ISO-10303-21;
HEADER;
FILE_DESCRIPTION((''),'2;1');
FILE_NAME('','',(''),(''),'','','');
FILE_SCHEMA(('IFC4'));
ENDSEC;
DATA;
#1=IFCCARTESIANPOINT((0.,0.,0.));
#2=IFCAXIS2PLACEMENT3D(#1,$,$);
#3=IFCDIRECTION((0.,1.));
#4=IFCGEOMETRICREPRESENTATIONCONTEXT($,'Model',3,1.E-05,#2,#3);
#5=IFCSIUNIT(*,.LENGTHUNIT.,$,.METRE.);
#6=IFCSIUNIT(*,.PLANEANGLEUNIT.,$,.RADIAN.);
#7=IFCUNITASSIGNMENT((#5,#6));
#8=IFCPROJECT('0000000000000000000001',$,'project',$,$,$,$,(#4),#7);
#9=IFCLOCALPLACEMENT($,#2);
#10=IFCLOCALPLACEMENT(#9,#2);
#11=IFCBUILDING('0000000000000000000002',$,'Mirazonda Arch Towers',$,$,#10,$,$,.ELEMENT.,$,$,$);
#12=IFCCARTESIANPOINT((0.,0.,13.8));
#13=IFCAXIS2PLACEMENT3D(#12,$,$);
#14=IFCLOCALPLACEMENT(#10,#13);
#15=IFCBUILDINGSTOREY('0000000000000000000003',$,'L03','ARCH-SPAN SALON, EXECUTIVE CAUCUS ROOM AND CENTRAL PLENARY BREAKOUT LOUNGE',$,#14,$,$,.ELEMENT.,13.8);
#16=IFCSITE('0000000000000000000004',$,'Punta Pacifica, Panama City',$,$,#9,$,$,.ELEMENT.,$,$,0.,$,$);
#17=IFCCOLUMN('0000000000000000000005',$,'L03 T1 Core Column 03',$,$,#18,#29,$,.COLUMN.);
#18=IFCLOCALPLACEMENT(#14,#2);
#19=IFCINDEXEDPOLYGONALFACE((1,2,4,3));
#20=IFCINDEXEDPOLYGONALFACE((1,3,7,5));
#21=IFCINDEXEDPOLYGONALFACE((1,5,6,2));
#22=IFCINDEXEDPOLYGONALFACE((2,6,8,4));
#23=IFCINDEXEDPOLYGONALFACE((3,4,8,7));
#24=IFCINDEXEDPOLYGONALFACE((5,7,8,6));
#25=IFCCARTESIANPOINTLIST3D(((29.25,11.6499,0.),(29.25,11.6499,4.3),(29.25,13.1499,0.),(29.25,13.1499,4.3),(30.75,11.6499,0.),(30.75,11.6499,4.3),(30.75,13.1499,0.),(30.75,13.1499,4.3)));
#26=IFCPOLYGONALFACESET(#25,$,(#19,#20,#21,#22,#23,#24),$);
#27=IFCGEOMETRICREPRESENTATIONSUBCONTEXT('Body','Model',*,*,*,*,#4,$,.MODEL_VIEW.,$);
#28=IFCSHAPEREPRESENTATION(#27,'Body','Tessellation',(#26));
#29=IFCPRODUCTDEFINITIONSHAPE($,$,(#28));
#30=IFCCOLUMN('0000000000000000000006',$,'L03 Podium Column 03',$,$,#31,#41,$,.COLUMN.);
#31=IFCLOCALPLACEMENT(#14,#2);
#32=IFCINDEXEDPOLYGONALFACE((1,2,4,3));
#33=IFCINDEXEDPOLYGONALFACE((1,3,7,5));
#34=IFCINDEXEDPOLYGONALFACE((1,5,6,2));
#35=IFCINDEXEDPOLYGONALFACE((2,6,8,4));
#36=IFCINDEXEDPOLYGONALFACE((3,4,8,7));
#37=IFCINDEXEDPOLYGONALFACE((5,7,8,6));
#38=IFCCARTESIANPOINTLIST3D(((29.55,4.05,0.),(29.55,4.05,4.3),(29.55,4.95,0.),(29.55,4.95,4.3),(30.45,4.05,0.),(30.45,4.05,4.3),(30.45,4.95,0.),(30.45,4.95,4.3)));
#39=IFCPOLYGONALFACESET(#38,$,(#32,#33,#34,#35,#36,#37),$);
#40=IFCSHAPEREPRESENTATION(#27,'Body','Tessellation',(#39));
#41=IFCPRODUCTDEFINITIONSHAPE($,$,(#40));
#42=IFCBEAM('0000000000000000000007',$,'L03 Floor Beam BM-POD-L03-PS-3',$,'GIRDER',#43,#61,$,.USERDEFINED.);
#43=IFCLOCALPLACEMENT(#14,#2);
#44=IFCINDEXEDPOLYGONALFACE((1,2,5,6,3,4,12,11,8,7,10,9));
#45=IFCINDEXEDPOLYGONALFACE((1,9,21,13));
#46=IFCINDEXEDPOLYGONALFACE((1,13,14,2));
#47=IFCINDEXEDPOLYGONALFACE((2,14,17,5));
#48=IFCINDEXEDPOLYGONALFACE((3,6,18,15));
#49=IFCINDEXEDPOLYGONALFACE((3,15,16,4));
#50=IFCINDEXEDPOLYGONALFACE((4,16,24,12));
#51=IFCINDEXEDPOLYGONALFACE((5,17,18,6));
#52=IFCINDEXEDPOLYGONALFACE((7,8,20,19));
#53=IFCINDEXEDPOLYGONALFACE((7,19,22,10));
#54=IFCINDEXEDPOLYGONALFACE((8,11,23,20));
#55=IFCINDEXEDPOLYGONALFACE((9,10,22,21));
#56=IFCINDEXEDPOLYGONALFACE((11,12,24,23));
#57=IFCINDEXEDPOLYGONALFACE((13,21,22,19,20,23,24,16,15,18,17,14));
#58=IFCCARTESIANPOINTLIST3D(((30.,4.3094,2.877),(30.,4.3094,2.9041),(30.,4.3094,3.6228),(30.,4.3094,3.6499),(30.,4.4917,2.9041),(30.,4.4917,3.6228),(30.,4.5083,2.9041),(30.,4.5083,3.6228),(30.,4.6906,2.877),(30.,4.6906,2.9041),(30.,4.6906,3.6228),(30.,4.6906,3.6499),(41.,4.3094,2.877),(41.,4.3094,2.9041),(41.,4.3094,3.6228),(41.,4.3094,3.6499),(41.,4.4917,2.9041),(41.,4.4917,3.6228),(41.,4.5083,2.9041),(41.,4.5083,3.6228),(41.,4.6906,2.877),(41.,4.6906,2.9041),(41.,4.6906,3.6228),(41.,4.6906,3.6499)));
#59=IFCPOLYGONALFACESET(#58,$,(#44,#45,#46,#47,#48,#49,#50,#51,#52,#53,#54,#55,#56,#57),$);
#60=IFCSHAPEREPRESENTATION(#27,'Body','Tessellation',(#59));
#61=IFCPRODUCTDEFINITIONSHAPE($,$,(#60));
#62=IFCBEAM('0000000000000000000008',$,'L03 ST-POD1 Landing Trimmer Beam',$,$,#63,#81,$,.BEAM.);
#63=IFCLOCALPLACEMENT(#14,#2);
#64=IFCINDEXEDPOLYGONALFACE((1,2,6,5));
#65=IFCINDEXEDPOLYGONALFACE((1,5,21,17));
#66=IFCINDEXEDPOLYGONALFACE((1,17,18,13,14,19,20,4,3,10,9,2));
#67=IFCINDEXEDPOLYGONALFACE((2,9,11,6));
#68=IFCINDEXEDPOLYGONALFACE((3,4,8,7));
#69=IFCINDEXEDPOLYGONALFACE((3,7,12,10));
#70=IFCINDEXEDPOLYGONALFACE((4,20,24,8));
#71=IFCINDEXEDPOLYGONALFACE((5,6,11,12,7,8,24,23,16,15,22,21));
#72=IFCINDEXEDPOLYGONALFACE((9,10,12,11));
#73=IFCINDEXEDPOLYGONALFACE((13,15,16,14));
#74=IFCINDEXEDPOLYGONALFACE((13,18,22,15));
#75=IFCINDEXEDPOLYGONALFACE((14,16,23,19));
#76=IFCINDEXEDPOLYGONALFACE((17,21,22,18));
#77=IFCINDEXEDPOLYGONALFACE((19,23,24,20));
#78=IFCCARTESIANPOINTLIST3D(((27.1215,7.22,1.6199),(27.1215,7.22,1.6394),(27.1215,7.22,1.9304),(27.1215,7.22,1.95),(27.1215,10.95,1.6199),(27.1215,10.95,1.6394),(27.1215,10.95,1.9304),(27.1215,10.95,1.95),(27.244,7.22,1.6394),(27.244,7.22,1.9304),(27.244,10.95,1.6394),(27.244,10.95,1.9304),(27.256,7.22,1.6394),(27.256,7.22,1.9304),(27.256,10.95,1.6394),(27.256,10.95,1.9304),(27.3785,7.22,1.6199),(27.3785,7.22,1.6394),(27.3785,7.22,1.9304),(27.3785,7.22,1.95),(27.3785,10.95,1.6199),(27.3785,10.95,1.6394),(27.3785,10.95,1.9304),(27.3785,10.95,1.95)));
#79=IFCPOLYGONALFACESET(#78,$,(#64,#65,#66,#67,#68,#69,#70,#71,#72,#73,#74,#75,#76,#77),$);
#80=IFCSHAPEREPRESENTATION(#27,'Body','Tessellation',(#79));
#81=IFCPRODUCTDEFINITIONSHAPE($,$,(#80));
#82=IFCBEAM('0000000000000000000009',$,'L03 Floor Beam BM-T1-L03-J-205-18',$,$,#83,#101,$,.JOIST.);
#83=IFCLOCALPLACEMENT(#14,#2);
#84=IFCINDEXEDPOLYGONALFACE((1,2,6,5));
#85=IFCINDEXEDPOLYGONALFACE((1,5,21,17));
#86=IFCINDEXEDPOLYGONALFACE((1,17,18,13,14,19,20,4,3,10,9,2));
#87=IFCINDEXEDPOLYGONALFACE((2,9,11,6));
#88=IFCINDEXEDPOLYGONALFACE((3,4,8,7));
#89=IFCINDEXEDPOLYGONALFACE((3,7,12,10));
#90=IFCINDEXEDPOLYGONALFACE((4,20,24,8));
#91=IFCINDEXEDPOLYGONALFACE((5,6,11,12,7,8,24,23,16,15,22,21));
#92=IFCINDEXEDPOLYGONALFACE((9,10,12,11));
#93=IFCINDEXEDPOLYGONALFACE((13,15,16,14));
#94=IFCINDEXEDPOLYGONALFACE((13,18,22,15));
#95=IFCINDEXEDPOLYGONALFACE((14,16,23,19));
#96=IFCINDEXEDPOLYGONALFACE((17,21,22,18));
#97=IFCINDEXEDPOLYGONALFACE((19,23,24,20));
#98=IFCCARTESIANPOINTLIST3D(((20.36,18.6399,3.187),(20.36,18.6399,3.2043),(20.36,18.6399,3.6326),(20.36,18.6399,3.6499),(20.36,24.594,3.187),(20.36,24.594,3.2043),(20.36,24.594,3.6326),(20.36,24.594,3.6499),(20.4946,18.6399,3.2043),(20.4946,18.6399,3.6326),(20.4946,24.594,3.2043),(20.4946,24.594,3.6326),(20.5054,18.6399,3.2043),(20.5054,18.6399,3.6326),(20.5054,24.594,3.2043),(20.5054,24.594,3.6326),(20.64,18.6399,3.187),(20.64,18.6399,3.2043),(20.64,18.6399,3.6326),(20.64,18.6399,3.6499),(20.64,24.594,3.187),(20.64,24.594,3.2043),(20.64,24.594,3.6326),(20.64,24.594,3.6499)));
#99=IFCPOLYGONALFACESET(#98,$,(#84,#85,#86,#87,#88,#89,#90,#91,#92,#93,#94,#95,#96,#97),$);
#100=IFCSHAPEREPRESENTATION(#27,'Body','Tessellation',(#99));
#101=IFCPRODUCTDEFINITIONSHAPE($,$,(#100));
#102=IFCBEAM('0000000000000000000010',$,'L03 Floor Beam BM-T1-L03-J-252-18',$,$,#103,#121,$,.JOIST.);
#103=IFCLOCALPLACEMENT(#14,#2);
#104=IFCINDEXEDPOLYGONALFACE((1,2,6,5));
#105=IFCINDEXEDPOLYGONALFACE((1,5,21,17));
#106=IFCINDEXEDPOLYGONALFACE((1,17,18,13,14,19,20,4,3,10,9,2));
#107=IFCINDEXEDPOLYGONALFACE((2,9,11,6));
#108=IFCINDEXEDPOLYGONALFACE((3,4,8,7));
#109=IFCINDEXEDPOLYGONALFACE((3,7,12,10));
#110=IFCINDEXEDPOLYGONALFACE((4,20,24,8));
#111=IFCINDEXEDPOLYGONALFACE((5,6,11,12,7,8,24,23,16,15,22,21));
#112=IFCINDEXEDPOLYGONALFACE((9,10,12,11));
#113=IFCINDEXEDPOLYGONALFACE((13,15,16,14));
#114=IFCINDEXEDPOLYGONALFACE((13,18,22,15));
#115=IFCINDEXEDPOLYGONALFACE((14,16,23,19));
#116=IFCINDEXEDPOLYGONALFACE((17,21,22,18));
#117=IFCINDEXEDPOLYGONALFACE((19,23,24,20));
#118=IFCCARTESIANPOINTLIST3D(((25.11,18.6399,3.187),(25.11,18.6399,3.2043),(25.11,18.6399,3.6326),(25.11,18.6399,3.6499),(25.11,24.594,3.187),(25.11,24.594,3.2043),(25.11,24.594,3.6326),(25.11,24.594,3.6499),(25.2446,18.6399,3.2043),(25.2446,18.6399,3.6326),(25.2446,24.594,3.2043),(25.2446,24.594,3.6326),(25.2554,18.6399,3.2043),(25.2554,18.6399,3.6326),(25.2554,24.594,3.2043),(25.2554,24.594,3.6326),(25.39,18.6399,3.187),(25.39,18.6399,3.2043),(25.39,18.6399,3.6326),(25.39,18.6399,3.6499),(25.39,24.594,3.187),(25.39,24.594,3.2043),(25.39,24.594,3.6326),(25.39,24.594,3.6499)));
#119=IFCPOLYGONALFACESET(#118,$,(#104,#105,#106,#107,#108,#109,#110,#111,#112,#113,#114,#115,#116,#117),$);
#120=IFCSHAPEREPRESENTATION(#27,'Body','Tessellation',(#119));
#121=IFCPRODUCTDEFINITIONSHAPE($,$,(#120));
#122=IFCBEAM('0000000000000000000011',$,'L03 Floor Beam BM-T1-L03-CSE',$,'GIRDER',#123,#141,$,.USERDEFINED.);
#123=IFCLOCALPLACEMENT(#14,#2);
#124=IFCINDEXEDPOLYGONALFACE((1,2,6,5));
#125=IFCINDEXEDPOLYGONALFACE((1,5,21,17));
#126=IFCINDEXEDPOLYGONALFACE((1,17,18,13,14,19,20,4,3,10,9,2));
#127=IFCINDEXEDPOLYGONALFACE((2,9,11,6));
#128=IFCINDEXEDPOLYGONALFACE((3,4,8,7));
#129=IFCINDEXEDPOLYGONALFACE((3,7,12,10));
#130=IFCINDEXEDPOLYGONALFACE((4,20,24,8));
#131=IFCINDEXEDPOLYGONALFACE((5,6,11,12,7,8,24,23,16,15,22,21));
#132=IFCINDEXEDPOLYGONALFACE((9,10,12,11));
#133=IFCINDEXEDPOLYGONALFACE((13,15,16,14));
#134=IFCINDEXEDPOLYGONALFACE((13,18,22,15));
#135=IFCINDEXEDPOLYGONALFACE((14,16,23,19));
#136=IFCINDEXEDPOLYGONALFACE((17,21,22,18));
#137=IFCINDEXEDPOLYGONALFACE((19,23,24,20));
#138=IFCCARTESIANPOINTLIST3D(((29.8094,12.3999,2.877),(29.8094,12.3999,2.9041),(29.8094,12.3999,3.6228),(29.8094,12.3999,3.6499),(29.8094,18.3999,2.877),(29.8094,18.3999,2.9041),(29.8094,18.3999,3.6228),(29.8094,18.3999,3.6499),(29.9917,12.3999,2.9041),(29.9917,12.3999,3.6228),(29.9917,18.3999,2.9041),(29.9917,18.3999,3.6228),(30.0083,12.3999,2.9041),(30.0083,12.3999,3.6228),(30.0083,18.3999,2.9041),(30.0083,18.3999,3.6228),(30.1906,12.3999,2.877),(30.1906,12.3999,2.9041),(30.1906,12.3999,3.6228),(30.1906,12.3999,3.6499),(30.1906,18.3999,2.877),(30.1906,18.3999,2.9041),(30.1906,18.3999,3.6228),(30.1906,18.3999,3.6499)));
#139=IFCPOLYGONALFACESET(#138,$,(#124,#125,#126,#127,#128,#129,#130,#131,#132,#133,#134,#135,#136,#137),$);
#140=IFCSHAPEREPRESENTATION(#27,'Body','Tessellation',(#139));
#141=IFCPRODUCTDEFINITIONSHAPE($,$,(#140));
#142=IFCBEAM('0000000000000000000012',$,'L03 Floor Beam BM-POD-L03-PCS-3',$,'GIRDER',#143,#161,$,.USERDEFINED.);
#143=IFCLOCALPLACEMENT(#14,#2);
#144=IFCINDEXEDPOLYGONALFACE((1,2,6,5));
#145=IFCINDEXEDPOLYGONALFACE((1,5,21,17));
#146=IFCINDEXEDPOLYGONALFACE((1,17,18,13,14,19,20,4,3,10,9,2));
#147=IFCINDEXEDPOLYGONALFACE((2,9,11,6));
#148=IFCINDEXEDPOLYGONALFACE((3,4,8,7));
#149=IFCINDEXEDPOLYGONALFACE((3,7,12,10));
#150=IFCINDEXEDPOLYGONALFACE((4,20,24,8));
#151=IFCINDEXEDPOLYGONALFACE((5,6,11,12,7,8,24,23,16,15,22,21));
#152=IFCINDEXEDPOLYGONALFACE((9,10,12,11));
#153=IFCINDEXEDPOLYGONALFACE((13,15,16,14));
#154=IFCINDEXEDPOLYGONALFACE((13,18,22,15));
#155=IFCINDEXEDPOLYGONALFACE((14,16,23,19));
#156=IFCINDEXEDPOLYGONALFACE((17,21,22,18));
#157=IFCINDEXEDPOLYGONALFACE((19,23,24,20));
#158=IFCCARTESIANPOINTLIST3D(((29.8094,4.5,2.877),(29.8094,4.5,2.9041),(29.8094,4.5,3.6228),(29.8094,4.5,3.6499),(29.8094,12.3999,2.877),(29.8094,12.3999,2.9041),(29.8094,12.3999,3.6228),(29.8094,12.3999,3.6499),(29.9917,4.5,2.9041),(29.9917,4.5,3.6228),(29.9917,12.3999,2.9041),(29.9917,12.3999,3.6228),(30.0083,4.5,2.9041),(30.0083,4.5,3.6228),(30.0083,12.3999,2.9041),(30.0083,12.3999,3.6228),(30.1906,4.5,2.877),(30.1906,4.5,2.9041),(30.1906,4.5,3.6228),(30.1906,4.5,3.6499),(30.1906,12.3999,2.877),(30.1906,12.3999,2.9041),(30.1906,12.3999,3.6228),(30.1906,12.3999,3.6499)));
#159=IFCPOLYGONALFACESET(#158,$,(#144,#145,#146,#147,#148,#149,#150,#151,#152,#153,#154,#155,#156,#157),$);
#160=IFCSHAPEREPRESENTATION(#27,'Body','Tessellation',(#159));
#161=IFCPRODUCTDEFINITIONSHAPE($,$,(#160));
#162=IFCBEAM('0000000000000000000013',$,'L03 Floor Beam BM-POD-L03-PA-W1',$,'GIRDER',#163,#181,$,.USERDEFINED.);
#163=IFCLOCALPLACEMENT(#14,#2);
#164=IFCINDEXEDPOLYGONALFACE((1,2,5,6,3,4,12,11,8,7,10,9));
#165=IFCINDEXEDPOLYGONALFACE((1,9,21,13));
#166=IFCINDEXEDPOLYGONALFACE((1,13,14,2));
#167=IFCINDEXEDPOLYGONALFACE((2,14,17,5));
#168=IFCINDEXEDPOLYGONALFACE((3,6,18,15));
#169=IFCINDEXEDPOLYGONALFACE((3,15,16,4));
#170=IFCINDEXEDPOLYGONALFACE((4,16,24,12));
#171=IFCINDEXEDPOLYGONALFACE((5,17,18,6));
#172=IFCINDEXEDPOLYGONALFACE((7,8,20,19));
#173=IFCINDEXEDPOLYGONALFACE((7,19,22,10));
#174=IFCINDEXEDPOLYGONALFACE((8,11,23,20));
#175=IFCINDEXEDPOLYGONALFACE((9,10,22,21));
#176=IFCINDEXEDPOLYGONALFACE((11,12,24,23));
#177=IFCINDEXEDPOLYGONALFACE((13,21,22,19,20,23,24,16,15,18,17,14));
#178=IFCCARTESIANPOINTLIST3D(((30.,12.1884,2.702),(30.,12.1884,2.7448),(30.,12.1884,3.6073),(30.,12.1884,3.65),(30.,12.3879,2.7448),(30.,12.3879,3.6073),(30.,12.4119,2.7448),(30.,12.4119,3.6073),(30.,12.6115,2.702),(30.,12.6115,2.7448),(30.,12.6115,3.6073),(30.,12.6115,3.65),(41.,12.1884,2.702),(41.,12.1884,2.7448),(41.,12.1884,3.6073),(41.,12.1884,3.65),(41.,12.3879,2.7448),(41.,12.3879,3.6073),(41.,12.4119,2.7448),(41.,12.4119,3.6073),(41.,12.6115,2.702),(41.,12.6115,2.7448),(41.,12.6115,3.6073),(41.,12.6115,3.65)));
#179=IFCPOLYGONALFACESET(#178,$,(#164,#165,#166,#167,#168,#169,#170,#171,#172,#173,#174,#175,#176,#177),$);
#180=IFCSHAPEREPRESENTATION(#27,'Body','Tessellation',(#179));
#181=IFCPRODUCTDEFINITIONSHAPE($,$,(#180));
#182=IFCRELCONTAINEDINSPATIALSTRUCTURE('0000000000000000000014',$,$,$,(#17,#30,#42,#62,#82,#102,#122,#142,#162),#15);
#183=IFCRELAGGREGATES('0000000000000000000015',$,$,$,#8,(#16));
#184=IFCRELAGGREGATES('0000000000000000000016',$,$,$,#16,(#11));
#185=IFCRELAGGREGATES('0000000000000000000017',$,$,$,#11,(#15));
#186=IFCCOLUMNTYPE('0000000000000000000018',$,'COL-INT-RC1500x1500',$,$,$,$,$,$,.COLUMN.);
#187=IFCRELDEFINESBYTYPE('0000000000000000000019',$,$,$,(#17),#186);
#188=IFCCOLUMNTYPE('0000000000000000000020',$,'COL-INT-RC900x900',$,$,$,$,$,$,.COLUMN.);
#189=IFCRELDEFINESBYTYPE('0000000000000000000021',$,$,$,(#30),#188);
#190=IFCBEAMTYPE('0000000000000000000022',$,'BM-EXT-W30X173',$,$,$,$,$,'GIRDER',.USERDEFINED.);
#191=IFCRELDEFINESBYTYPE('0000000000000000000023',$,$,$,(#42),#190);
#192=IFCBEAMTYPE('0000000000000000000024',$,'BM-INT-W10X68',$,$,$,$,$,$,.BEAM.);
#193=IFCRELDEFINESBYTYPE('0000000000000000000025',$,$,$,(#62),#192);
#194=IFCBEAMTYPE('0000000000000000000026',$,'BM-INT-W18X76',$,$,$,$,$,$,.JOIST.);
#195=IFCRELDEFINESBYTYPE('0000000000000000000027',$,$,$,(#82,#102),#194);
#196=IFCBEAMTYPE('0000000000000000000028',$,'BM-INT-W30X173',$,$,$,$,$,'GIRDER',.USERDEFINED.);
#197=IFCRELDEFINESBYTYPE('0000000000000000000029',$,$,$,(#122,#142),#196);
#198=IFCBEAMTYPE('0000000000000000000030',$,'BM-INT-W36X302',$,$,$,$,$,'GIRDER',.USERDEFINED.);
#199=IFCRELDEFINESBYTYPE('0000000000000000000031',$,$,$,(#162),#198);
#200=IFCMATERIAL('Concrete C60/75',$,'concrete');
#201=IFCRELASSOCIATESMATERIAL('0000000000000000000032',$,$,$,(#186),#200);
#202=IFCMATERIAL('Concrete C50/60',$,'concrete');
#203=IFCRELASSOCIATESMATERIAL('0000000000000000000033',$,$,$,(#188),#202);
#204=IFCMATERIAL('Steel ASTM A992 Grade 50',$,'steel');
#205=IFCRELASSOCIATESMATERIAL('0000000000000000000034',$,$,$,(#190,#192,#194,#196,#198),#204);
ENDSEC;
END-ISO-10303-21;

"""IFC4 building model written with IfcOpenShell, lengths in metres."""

from ifc_helpers import new_model, si_unit, direction, frame, origin, origin_2d, place, context, subcontext, project, spatial, rectangle, i_section, extrude, material, material_profile, profile_set, type_object, element, save


model = new_model("IFC4")

# Units and contexts
model_context = context("Model", 3, precision=1e-05, world=origin(), true_north=direction((0.0, 1.0)))
body_context = subcontext(model_context, "Body", "Model", "MODEL_VIEW")
ifc_project = project(units=[si_unit("LENGTHUNIT", "METRE"), si_unit("PLANEANGLEUNIT", "RADIAN")], contexts=[model_context])

# Site, building, storey
site_placement = place(None, origin())
site = spatial("IfcSite", under=ifc_project, at=site_placement, Name="Punta Pacifica, Panama City", CompositionType="ELEMENT", RefElevation=0.0)
building_placement = place(site_placement, origin())
building = spatial("IfcBuilding", under=site, at=building_placement, Name="Mirazonda Arch Towers", CompositionType="ELEMENT")
storey_placement = place(building_placement, frame((0.0, 0.0, 13.8)))
storey = spatial("IfcBuildingStorey", under=building, at=storey_placement, Name="L03", Description="ARCH-SPAN SALON, EXECUTIVE CAUCUS ROOM AND CENTRAL PLENARY BREAKOUT LOUNGE", CompositionType="ELEMENT", Elevation=13.8)

# Columns
ifc_material_1 = material(Name="Concrete C60/75", Category="concrete")
ifc_material_profile_1 = material_profile(ifc_material_1, rectangle(XDim=1.5, YDim=1.5, at=origin_2d()), Name="RC1500x1500")
ifc_profile_set_1 = profile_set([ifc_material_profile_1], Name="Concrete C60/75")
column_type_1 = type_object("IfcColumnType", Name="COL-INT-RC1500x1500", PredefinedType="COLUMN", material=ifc_profile_set_1)
column_1_placement = place(storey_placement, frame((30.0, 12.3999, 0.0), z_axis=(0.0, 0.0, 1.0), x_axis=(1.0, 0.0, 0.0)))
element("IfcColumn", 1, at=column_1_placement, inside=storey, type_object=column_type_1, Name="L03 T1 Core Column 03", PredefinedType="COLUMN", context=body_context, shape_type="SweptSolid", body=[
    extrude(rectangle(XDim=1.5, YDim=1.5, at=origin_2d()), origin(), (0.0, 0.0, 1.0), 4.3),
])
ifc_material_2 = material(Name="Concrete C50/60", Category="concrete")
ifc_material_profile_2 = material_profile(ifc_material_2, rectangle(XDim=0.8999, YDim=0.8999, at=origin_2d()), Name="RC900x900")
ifc_profile_set_2 = profile_set([ifc_material_profile_2], Name="Concrete C50/60")
column_type_2 = type_object("IfcColumnType", Name="COL-INT-RC900x900", PredefinedType="COLUMN", material=ifc_profile_set_2)
column_2_placement = place(storey_placement, frame((30.0, 4.5, 0.0), z_axis=(0.0, 0.0, 1.0), x_axis=(1.0, 0.0, 0.0)))
element("IfcColumn", 2, at=column_2_placement, inside=storey, type_object=column_type_2, Name="L03 Podium Column 03", PredefinedType="COLUMN", context=body_context, shape_type="SweptSolid", body=[
    extrude(rectangle(XDim=0.8999, YDim=0.8999, at=origin_2d()), origin(), (0.0, 0.0, 1.0), 4.3),
])

# Beams
ifc_material_3 = material(Name="Steel ASTM A992 Grade 50", Category="steel")
ifc_material_profile_3 = material_profile(ifc_material_3, i_section(OverallWidth=0.3811, OverallDepth=0.7729, WebThickness=0.0166, FlangeThickness=0.0271, at=origin_2d()), Name="W30X173")
ifc_profile_set_3 = profile_set([ifc_material_profile_3], Name="Steel ASTM A992 Grade 50")
beam_type_1 = type_object("IfcBeamType", Name="BM-EXT-W30X173", ElementType="GIRDER", PredefinedType="USERDEFINED", material=ifc_profile_set_3)
beam_1_placement = place(storey_placement, frame((30.0, 4.5, 3.2634), z_axis=(1.0, 0.0, 0.0), x_axis=(0.0, 1.0, 0.0)))
element("IfcBeam", 3, at=beam_1_placement, inside=storey, type_object=beam_type_1, Name="L03 Floor Beam BM-POD-L03-PS-3", ObjectType="GIRDER", PredefinedType="USERDEFINED", context=body_context, shape_type="SweptSolid", body=[
    extrude(i_section(OverallWidth=0.3811, OverallDepth=0.7729, WebThickness=0.0166, FlangeThickness=0.0271, at=origin_2d()), origin(), (0.0, 0.0, 1.0), 11.0),
])
ifc_material_profile_4 = material_profile(ifc_material_3, i_section(OverallWidth=0.2571, OverallDepth=0.3301, WebThickness=0.012, FlangeThickness=0.0195, at=origin_2d()), Name="W10X68")
ifc_profile_set_4 = profile_set([ifc_material_profile_4], Name="Steel ASTM A992 Grade 50")
beam_type_2 = type_object("IfcBeamType", Name="BM-INT-W10X68", PredefinedType="BEAM", material=ifc_profile_set_4)
beam_2_placement = place(storey_placement, frame((27.25, 7.22, 1.7849), z_axis=(0.0, 1.0, 0.0), x_axis=(-1.0, 0.0, 0.0)))
element("IfcBeam", 4, at=beam_2_placement, inside=storey, type_object=beam_type_2, Name="L03 ST-POD1 Landing Trimmer Beam", PredefinedType="BEAM", context=body_context, shape_type="SweptSolid", body=[
    extrude(i_section(OverallWidth=0.2571, OverallDepth=0.3301, WebThickness=0.012, FlangeThickness=0.0195, at=origin_2d()), origin(), (0.0, 0.0, 1.0), 3.73),
])
ifc_material_profile_5 = material_profile(ifc_material_3, i_section(OverallWidth=0.28, OverallDepth=0.4629, WebThickness=0.0107, FlangeThickness=0.0173, at=origin_2d()), Name="W18X76")
ifc_profile_set_5 = profile_set([ifc_material_profile_5], Name="Steel ASTM A992 Grade 50")
beam_type_3 = type_object("IfcBeamType", Name="BM-INT-W18X76", PredefinedType="JOIST", material=ifc_profile_set_5)
for number, where, z_axis, x_axis, name in (
    (5, (20.5, 18.6399, 3.4185), (0.0, 1.0, 0.0), (-1.0, 0.0, 0.0), "L03 Floor Beam BM-T1-L03-J-205-18"),
    (6, (25.25, 18.6399, 3.4185), (0.0, 1.0, 0.0), (-1.0, 0.0, 0.0), "L03 Floor Beam BM-T1-L03-J-252-18"),
):
    element("IfcBeam", number, at=place(storey_placement, frame(where, z_axis=z_axis, x_axis=x_axis)), inside=storey, type_object=beam_type_3, Name=name, PredefinedType="JOIST", context=body_context, shape_type="SweptSolid", body=[
        extrude(i_section(OverallWidth=0.28, OverallDepth=0.4629, WebThickness=0.0107, FlangeThickness=0.0173, at=origin_2d()), origin(), (0.0, 0.0, 1.0), 5.9541),
    ])
ifc_material_profile_6 = material_profile(ifc_material_3, i_section(OverallWidth=0.3811, OverallDepth=0.7729, WebThickness=0.0166, FlangeThickness=0.0271, at=origin_2d()), Name="W30X173")
ifc_profile_set_6 = profile_set([ifc_material_profile_6], Name="Steel ASTM A992 Grade 50")
beam_type_4 = type_object("IfcBeamType", Name="BM-INT-W30X173", ElementType="GIRDER", PredefinedType="USERDEFINED", material=ifc_profile_set_6)
beam_3_placement = place(storey_placement, frame((30.0, 12.3999, 3.2634), z_axis=(0.0, 1.0, 0.0), x_axis=(-1.0, 0.0, 0.0)))
element("IfcBeam", 7, at=beam_3_placement, inside=storey, type_object=beam_type_4, Name="L03 Floor Beam BM-T1-L03-CSE", ObjectType="GIRDER", PredefinedType="USERDEFINED", context=body_context, shape_type="SweptSolid", body=[
    extrude(i_section(OverallWidth=0.3811, OverallDepth=0.7729, WebThickness=0.0166, FlangeThickness=0.0271, at=origin_2d()), origin(), (0.0, 0.0, 1.0), 6.0),
])
beam_4_placement = place(storey_placement, frame((30.0, 4.5, 3.2634), z_axis=(0.0, 1.0, 0.0), x_axis=(-1.0, 0.0, 0.0)))
element("IfcBeam", 8, at=beam_4_placement, inside=storey, type_object=beam_type_4, Name="L03 Floor Beam BM-POD-L03-PCS-3", ObjectType="GIRDER", PredefinedType="USERDEFINED", context=body_context, shape_type="SweptSolid", body=[
    extrude(i_section(OverallWidth=0.3811, OverallDepth=0.7729, WebThickness=0.0166, FlangeThickness=0.0271, at=origin_2d()), origin(), (0.0, 0.0, 1.0), 7.8999),
])
ifc_material_profile_7 = material_profile(ifc_material_3, i_section(OverallWidth=0.4231, OverallDepth=0.948, WebThickness=0.0239, FlangeThickness=0.0427, at=origin_2d()), Name="W36X302")
ifc_profile_set_7 = profile_set([ifc_material_profile_7], Name="Steel ASTM A992 Grade 50")
beam_type_5 = type_object("IfcBeamType", Name="BM-INT-W36X302", ElementType="GIRDER", PredefinedType="USERDEFINED", material=ifc_profile_set_7)
beam_5_placement = place(storey_placement, frame((30.0, 12.3999, 3.176), z_axis=(1.0, 0.0, 0.0), x_axis=(0.0, 1.0, 0.0)))
element("IfcBeam", 9, at=beam_5_placement, inside=storey, type_object=beam_type_5, Name="L03 Floor Beam BM-POD-L03-PA-W1", ObjectType="GIRDER", PredefinedType="USERDEFINED", context=body_context, shape_type="SweptSolid", body=[
    extrude(i_section(OverallWidth=0.4231, OverallDepth=0.948, WebThickness=0.0239, FlangeThickness=0.0427, at=origin_2d()), origin(), (0.0, 0.0, 1.0), 11.0),
])

save(model, "model.ifc")
